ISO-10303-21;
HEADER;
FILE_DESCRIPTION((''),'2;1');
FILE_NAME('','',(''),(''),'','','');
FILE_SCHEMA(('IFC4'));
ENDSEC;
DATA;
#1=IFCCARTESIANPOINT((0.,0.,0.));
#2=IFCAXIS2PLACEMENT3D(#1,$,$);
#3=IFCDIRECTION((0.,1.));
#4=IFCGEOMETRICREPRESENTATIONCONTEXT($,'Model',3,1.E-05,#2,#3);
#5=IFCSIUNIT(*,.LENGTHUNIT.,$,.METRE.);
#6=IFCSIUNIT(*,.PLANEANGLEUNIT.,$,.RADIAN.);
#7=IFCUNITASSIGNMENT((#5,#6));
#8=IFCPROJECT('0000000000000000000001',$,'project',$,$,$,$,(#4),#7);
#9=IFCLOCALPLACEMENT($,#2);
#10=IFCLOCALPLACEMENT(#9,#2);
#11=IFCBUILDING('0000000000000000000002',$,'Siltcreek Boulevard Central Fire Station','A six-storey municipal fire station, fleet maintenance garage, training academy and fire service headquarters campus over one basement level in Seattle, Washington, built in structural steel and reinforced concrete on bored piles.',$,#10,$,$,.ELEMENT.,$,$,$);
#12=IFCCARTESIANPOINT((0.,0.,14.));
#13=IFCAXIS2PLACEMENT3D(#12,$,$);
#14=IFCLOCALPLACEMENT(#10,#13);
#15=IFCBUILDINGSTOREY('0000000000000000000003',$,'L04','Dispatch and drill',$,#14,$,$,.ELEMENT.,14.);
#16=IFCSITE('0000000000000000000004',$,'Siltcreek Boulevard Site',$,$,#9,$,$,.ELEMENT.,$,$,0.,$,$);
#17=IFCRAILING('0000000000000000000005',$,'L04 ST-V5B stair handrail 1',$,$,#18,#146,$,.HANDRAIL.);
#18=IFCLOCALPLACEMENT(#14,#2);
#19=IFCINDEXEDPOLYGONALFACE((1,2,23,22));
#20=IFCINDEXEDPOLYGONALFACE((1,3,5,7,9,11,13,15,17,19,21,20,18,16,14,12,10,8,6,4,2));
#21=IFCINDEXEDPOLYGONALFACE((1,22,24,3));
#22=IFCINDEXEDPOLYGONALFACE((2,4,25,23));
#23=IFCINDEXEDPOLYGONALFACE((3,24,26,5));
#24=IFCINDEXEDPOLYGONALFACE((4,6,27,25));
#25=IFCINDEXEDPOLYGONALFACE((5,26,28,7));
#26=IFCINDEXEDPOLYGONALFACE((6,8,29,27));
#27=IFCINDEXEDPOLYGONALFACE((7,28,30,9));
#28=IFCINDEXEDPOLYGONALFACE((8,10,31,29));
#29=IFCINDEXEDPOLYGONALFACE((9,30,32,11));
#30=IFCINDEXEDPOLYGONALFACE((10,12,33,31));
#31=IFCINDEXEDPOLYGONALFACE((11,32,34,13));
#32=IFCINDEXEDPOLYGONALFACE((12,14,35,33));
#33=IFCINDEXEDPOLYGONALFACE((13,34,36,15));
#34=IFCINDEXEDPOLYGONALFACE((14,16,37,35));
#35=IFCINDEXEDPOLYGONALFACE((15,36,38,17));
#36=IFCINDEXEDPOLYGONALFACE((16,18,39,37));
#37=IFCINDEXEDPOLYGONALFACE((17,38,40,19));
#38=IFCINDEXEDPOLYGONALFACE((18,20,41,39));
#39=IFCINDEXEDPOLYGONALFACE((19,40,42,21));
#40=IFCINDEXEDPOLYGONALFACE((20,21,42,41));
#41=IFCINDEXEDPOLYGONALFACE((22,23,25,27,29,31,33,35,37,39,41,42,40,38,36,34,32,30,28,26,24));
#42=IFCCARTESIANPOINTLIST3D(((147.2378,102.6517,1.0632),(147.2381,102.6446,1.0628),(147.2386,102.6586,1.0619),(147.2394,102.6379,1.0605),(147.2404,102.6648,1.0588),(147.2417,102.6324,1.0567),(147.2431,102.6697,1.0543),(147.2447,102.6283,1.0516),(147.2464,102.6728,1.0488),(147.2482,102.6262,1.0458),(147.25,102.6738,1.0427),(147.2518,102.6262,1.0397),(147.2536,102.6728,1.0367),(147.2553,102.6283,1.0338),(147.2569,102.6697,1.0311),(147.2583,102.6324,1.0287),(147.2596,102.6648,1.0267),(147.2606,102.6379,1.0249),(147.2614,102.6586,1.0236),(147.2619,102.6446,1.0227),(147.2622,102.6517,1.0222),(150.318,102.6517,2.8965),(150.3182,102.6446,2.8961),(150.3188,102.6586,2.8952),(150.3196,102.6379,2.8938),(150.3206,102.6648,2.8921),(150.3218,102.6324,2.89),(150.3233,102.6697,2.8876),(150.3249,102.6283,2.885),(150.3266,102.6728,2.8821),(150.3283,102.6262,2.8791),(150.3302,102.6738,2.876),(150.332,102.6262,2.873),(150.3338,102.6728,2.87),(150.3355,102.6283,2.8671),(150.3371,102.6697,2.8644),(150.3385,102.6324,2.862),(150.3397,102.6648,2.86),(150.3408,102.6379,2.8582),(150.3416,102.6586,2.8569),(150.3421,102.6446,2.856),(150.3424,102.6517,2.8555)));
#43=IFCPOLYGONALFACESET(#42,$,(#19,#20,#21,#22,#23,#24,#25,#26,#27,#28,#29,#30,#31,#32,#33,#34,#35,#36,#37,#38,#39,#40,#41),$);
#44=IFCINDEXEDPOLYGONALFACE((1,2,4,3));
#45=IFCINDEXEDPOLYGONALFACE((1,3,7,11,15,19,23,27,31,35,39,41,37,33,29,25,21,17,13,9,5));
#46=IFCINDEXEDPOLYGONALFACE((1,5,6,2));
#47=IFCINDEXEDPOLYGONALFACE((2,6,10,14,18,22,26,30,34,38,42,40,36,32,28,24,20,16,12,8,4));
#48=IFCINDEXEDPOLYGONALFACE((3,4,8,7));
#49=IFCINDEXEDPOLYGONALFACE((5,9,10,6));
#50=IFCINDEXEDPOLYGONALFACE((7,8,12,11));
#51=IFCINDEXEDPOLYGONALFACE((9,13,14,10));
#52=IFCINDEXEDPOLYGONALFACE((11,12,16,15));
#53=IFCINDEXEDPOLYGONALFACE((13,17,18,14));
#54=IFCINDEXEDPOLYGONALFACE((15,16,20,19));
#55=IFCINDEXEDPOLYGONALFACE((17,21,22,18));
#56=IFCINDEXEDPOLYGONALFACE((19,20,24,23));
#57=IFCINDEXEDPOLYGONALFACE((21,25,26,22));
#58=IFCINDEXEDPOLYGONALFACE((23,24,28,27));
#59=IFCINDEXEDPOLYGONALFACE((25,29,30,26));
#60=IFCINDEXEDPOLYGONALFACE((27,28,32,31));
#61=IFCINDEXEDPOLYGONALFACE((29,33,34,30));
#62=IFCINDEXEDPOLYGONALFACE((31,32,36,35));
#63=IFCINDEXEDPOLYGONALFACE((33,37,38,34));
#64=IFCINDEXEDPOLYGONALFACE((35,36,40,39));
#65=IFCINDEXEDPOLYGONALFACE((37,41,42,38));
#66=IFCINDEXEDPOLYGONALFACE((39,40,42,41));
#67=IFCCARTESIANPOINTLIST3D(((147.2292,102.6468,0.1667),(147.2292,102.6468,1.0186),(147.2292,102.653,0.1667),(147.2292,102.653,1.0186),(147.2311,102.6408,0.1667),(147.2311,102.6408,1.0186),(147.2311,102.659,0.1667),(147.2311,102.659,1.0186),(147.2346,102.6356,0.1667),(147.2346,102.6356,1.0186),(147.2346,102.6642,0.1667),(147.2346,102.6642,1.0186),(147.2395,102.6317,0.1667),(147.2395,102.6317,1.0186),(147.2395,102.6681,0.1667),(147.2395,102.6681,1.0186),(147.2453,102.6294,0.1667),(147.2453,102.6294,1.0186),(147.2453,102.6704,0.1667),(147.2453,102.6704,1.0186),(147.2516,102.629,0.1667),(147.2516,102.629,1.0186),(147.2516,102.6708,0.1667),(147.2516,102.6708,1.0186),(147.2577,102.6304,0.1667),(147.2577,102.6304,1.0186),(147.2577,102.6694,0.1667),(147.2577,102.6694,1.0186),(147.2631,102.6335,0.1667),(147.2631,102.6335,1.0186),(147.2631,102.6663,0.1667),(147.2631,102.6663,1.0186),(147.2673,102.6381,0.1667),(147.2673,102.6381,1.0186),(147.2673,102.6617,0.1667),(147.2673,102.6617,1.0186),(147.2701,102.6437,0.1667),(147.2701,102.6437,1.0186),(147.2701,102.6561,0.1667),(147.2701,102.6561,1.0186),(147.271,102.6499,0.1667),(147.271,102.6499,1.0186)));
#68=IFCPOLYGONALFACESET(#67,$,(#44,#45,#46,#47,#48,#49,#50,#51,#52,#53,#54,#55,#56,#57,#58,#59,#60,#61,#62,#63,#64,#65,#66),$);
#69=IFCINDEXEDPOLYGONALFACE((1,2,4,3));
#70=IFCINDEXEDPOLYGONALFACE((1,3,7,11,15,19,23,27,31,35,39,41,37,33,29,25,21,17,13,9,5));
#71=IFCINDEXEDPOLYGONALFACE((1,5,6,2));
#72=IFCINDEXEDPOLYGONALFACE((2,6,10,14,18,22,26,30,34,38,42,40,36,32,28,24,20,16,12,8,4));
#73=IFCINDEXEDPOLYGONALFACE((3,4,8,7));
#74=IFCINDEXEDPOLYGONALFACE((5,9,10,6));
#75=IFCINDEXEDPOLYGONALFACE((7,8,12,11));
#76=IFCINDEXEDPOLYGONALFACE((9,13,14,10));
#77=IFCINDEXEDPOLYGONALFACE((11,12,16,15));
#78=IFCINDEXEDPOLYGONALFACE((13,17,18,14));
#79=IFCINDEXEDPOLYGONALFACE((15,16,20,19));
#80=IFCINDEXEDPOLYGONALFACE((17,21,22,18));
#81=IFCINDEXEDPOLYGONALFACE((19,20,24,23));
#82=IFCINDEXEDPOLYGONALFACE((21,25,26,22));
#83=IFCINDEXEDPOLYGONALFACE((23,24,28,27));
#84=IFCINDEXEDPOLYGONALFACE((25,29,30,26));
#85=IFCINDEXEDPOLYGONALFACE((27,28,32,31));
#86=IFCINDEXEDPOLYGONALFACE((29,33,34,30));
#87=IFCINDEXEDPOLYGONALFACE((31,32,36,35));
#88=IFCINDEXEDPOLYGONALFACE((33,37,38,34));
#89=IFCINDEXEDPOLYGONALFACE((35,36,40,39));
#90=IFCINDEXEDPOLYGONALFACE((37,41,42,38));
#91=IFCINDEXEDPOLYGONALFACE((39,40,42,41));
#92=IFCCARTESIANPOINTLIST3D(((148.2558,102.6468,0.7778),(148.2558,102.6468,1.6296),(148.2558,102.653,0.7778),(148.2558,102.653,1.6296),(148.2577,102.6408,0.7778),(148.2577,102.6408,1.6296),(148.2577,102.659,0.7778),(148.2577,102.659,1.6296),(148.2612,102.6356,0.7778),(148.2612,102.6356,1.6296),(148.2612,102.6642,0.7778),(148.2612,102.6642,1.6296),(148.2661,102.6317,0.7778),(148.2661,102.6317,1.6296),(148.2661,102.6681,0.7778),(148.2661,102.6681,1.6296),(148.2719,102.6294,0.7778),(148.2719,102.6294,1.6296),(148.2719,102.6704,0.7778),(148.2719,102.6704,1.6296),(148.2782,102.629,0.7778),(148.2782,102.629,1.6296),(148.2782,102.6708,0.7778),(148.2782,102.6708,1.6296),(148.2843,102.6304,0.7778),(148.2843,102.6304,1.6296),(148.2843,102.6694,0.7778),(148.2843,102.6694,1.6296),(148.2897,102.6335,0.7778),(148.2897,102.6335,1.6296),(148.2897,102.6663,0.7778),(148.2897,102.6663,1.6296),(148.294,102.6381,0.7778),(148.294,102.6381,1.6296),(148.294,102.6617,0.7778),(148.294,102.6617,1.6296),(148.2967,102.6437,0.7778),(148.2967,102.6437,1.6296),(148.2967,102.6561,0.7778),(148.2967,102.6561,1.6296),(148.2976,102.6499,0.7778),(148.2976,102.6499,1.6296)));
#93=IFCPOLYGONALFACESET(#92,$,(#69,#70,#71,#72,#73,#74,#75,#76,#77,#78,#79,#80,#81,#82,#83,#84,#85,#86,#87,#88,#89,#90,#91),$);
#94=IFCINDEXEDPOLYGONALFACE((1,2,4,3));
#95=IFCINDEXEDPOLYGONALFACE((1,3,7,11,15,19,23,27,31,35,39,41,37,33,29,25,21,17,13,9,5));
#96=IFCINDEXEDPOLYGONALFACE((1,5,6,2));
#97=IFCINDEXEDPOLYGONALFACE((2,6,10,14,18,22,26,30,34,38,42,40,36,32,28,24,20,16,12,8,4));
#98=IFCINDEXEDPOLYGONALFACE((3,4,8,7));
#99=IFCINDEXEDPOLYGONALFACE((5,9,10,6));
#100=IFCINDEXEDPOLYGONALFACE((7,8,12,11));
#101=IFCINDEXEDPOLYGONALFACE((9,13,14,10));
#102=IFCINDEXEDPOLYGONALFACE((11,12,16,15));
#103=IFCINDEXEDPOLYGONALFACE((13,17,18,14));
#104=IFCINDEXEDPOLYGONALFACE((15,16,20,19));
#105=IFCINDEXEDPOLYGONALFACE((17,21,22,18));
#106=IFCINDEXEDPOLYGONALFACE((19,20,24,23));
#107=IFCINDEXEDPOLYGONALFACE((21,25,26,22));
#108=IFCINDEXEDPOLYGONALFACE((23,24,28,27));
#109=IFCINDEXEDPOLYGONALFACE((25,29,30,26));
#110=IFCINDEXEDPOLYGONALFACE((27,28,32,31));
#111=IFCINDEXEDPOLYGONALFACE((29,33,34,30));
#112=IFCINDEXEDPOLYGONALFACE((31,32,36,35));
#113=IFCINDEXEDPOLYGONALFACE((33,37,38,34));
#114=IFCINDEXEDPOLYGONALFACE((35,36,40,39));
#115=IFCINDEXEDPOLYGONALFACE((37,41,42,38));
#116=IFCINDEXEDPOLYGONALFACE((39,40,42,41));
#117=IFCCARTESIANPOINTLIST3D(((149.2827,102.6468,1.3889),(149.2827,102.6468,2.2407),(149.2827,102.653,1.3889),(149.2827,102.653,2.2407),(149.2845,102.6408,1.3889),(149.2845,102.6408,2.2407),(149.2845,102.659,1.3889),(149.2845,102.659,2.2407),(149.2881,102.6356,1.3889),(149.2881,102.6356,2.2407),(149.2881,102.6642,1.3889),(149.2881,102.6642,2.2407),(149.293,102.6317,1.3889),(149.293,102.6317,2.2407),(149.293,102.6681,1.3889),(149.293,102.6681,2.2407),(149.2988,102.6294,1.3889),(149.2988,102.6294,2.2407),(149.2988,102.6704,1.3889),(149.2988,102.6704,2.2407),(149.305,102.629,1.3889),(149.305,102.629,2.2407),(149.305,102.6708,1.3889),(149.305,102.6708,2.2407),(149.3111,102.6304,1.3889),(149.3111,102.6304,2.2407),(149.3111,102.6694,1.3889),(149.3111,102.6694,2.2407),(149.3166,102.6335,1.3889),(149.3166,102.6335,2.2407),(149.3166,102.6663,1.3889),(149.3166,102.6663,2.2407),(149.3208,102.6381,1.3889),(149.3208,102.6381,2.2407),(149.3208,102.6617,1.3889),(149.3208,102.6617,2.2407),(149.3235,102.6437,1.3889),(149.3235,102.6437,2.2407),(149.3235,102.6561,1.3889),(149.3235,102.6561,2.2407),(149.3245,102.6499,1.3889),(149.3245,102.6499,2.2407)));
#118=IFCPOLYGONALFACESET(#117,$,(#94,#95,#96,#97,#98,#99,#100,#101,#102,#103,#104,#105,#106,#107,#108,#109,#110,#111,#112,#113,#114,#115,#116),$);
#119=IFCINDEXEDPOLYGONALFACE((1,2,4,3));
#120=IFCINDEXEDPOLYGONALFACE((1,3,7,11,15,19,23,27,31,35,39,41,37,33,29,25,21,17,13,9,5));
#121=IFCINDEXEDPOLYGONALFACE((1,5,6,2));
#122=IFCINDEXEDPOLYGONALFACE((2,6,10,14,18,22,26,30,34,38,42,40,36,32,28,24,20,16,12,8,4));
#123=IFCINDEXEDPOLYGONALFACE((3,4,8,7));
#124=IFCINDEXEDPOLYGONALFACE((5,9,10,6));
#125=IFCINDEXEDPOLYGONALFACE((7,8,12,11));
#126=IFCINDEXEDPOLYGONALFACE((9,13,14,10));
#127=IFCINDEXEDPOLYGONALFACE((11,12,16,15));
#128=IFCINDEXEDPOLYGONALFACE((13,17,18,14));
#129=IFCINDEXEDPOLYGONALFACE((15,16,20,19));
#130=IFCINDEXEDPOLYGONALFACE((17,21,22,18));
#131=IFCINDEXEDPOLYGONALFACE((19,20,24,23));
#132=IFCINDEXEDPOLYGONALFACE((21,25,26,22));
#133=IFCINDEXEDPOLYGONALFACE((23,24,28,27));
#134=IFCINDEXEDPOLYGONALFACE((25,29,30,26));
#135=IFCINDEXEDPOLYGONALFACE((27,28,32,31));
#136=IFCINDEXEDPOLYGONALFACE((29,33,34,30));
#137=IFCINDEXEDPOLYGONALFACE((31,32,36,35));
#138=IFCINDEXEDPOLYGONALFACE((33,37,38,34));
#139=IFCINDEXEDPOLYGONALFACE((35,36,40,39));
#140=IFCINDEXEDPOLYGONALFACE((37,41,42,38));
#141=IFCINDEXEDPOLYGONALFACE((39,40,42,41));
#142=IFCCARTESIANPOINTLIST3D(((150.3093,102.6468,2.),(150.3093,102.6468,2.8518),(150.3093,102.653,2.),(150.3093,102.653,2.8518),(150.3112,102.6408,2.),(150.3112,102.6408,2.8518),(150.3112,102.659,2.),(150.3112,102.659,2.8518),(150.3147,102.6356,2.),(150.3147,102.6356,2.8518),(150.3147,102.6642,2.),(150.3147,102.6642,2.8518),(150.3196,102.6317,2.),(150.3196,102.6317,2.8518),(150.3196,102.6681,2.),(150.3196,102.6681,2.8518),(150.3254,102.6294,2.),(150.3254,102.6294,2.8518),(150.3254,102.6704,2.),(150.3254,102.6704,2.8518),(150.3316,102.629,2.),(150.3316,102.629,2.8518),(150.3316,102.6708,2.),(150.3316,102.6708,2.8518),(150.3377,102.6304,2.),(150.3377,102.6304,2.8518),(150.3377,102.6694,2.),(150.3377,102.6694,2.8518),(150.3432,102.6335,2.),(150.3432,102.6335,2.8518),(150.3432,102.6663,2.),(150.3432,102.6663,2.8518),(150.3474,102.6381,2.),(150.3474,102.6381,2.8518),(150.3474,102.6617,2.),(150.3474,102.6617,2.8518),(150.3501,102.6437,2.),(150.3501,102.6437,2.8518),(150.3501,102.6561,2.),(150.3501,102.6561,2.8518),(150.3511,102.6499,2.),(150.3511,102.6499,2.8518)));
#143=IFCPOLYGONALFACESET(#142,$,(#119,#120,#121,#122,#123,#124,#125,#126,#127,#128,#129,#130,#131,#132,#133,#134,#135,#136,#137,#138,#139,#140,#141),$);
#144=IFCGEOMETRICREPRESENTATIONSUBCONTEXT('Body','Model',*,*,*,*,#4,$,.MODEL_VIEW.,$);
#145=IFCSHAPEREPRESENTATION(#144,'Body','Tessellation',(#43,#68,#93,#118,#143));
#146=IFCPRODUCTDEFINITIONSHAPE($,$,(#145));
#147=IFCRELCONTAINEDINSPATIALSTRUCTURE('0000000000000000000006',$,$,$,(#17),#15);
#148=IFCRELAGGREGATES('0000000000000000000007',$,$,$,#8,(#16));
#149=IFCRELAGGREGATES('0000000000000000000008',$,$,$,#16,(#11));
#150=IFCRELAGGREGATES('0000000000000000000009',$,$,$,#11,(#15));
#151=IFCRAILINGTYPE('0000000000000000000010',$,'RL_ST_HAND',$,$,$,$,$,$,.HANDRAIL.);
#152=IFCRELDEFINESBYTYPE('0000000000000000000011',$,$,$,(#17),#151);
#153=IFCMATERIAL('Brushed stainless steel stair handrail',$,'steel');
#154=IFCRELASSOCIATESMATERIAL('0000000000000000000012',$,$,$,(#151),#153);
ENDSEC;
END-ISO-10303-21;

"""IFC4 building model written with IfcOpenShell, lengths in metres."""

from ifc_helpers import new_model, si_unit, direction, frame, origin, origin_2d, place, context, subcontext, project, spatial, circle, extrude, material, type_object, element, save


model = new_model("IFC4")

# Units and contexts
model_context = context("Model", 3, precision=1e-05, world=origin(), true_north=direction((0.0, 1.0)))
body_context = subcontext(model_context, "Body", "Model", "MODEL_VIEW")
ifc_project = project(units=[si_unit("LENGTHUNIT", "METRE"), si_unit("PLANEANGLEUNIT", "RADIAN")], contexts=[model_context])

# Site, building, storey
site_placement = place(None, origin())
site = spatial("IfcSite", under=ifc_project, at=site_placement, Name="Siltcreek Boulevard Site", CompositionType="ELEMENT", RefElevation=0.0)
building_placement = place(site_placement, origin())
building = spatial("IfcBuilding", under=site, at=building_placement, Name="Siltcreek Boulevard Central Fire Station", Description="A six-storey municipal fire station, fleet maintenance garage, training academy and fire service headquarters campus over one basement level in Seattle, Washington, built in structural steel and reinforced concrete on bored piles.", CompositionType="ELEMENT")
storey_placement = place(building_placement, frame((0.0, 0.0, 14.0)))
storey = spatial("IfcBuildingStorey", under=building, at=storey_placement, Name="L04", Description="Dispatch and drill", CompositionType="ELEMENT", Elevation=14.0)

# Railing
ifc_material_1 = material(Name="Brushed stainless steel stair handrail", Category="steel")
railing_type_1 = type_object("IfcRailingType", Name="RL_ST_HAND", PredefinedType="HANDRAIL", material=ifc_material_1)
railing_1_placement = place(storey_placement, frame((147.25, 102.6499, 0.1667)))
element("IfcRailing", 1, at=railing_1_placement, inside=storey, type_object=railing_type_1, Name="L04 ST-V5B stair handrail 1", PredefinedType="HANDRAIL", context=body_context, shape_type="SweptSolid", body=[
    extrude(circle(Radius=0.0239, at=origin_2d()), frame((0.0, 0.0, 0.876), z_axis=(0.859309, 0.0, 0.511458), x_axis=(0.0, 1.0, 0.0)), (0.0, 0.0, 1.0), 3.5845),
    extrude(circle(Radius=0.021, at=origin_2d()), origin(), (0.0, 0.0, 1.0), 0.8518),
    extrude(circle(Radius=0.021, at=origin_2d()), frame((1.0266, 0.0, 0.6111)), (0.0, 0.0, 1.0), 0.8518),
    extrude(circle(Radius=0.021, at=origin_2d()), frame((2.0535, 0.0, 1.2222)), (0.0, 0.0, 1.0), 0.8518),
    extrude(circle(Radius=0.021, at=origin_2d()), frame((3.0801, 0.0, 1.8333)), (0.0, 0.0, 1.0), 0.8518),
])

save(model, "model.ifc")
